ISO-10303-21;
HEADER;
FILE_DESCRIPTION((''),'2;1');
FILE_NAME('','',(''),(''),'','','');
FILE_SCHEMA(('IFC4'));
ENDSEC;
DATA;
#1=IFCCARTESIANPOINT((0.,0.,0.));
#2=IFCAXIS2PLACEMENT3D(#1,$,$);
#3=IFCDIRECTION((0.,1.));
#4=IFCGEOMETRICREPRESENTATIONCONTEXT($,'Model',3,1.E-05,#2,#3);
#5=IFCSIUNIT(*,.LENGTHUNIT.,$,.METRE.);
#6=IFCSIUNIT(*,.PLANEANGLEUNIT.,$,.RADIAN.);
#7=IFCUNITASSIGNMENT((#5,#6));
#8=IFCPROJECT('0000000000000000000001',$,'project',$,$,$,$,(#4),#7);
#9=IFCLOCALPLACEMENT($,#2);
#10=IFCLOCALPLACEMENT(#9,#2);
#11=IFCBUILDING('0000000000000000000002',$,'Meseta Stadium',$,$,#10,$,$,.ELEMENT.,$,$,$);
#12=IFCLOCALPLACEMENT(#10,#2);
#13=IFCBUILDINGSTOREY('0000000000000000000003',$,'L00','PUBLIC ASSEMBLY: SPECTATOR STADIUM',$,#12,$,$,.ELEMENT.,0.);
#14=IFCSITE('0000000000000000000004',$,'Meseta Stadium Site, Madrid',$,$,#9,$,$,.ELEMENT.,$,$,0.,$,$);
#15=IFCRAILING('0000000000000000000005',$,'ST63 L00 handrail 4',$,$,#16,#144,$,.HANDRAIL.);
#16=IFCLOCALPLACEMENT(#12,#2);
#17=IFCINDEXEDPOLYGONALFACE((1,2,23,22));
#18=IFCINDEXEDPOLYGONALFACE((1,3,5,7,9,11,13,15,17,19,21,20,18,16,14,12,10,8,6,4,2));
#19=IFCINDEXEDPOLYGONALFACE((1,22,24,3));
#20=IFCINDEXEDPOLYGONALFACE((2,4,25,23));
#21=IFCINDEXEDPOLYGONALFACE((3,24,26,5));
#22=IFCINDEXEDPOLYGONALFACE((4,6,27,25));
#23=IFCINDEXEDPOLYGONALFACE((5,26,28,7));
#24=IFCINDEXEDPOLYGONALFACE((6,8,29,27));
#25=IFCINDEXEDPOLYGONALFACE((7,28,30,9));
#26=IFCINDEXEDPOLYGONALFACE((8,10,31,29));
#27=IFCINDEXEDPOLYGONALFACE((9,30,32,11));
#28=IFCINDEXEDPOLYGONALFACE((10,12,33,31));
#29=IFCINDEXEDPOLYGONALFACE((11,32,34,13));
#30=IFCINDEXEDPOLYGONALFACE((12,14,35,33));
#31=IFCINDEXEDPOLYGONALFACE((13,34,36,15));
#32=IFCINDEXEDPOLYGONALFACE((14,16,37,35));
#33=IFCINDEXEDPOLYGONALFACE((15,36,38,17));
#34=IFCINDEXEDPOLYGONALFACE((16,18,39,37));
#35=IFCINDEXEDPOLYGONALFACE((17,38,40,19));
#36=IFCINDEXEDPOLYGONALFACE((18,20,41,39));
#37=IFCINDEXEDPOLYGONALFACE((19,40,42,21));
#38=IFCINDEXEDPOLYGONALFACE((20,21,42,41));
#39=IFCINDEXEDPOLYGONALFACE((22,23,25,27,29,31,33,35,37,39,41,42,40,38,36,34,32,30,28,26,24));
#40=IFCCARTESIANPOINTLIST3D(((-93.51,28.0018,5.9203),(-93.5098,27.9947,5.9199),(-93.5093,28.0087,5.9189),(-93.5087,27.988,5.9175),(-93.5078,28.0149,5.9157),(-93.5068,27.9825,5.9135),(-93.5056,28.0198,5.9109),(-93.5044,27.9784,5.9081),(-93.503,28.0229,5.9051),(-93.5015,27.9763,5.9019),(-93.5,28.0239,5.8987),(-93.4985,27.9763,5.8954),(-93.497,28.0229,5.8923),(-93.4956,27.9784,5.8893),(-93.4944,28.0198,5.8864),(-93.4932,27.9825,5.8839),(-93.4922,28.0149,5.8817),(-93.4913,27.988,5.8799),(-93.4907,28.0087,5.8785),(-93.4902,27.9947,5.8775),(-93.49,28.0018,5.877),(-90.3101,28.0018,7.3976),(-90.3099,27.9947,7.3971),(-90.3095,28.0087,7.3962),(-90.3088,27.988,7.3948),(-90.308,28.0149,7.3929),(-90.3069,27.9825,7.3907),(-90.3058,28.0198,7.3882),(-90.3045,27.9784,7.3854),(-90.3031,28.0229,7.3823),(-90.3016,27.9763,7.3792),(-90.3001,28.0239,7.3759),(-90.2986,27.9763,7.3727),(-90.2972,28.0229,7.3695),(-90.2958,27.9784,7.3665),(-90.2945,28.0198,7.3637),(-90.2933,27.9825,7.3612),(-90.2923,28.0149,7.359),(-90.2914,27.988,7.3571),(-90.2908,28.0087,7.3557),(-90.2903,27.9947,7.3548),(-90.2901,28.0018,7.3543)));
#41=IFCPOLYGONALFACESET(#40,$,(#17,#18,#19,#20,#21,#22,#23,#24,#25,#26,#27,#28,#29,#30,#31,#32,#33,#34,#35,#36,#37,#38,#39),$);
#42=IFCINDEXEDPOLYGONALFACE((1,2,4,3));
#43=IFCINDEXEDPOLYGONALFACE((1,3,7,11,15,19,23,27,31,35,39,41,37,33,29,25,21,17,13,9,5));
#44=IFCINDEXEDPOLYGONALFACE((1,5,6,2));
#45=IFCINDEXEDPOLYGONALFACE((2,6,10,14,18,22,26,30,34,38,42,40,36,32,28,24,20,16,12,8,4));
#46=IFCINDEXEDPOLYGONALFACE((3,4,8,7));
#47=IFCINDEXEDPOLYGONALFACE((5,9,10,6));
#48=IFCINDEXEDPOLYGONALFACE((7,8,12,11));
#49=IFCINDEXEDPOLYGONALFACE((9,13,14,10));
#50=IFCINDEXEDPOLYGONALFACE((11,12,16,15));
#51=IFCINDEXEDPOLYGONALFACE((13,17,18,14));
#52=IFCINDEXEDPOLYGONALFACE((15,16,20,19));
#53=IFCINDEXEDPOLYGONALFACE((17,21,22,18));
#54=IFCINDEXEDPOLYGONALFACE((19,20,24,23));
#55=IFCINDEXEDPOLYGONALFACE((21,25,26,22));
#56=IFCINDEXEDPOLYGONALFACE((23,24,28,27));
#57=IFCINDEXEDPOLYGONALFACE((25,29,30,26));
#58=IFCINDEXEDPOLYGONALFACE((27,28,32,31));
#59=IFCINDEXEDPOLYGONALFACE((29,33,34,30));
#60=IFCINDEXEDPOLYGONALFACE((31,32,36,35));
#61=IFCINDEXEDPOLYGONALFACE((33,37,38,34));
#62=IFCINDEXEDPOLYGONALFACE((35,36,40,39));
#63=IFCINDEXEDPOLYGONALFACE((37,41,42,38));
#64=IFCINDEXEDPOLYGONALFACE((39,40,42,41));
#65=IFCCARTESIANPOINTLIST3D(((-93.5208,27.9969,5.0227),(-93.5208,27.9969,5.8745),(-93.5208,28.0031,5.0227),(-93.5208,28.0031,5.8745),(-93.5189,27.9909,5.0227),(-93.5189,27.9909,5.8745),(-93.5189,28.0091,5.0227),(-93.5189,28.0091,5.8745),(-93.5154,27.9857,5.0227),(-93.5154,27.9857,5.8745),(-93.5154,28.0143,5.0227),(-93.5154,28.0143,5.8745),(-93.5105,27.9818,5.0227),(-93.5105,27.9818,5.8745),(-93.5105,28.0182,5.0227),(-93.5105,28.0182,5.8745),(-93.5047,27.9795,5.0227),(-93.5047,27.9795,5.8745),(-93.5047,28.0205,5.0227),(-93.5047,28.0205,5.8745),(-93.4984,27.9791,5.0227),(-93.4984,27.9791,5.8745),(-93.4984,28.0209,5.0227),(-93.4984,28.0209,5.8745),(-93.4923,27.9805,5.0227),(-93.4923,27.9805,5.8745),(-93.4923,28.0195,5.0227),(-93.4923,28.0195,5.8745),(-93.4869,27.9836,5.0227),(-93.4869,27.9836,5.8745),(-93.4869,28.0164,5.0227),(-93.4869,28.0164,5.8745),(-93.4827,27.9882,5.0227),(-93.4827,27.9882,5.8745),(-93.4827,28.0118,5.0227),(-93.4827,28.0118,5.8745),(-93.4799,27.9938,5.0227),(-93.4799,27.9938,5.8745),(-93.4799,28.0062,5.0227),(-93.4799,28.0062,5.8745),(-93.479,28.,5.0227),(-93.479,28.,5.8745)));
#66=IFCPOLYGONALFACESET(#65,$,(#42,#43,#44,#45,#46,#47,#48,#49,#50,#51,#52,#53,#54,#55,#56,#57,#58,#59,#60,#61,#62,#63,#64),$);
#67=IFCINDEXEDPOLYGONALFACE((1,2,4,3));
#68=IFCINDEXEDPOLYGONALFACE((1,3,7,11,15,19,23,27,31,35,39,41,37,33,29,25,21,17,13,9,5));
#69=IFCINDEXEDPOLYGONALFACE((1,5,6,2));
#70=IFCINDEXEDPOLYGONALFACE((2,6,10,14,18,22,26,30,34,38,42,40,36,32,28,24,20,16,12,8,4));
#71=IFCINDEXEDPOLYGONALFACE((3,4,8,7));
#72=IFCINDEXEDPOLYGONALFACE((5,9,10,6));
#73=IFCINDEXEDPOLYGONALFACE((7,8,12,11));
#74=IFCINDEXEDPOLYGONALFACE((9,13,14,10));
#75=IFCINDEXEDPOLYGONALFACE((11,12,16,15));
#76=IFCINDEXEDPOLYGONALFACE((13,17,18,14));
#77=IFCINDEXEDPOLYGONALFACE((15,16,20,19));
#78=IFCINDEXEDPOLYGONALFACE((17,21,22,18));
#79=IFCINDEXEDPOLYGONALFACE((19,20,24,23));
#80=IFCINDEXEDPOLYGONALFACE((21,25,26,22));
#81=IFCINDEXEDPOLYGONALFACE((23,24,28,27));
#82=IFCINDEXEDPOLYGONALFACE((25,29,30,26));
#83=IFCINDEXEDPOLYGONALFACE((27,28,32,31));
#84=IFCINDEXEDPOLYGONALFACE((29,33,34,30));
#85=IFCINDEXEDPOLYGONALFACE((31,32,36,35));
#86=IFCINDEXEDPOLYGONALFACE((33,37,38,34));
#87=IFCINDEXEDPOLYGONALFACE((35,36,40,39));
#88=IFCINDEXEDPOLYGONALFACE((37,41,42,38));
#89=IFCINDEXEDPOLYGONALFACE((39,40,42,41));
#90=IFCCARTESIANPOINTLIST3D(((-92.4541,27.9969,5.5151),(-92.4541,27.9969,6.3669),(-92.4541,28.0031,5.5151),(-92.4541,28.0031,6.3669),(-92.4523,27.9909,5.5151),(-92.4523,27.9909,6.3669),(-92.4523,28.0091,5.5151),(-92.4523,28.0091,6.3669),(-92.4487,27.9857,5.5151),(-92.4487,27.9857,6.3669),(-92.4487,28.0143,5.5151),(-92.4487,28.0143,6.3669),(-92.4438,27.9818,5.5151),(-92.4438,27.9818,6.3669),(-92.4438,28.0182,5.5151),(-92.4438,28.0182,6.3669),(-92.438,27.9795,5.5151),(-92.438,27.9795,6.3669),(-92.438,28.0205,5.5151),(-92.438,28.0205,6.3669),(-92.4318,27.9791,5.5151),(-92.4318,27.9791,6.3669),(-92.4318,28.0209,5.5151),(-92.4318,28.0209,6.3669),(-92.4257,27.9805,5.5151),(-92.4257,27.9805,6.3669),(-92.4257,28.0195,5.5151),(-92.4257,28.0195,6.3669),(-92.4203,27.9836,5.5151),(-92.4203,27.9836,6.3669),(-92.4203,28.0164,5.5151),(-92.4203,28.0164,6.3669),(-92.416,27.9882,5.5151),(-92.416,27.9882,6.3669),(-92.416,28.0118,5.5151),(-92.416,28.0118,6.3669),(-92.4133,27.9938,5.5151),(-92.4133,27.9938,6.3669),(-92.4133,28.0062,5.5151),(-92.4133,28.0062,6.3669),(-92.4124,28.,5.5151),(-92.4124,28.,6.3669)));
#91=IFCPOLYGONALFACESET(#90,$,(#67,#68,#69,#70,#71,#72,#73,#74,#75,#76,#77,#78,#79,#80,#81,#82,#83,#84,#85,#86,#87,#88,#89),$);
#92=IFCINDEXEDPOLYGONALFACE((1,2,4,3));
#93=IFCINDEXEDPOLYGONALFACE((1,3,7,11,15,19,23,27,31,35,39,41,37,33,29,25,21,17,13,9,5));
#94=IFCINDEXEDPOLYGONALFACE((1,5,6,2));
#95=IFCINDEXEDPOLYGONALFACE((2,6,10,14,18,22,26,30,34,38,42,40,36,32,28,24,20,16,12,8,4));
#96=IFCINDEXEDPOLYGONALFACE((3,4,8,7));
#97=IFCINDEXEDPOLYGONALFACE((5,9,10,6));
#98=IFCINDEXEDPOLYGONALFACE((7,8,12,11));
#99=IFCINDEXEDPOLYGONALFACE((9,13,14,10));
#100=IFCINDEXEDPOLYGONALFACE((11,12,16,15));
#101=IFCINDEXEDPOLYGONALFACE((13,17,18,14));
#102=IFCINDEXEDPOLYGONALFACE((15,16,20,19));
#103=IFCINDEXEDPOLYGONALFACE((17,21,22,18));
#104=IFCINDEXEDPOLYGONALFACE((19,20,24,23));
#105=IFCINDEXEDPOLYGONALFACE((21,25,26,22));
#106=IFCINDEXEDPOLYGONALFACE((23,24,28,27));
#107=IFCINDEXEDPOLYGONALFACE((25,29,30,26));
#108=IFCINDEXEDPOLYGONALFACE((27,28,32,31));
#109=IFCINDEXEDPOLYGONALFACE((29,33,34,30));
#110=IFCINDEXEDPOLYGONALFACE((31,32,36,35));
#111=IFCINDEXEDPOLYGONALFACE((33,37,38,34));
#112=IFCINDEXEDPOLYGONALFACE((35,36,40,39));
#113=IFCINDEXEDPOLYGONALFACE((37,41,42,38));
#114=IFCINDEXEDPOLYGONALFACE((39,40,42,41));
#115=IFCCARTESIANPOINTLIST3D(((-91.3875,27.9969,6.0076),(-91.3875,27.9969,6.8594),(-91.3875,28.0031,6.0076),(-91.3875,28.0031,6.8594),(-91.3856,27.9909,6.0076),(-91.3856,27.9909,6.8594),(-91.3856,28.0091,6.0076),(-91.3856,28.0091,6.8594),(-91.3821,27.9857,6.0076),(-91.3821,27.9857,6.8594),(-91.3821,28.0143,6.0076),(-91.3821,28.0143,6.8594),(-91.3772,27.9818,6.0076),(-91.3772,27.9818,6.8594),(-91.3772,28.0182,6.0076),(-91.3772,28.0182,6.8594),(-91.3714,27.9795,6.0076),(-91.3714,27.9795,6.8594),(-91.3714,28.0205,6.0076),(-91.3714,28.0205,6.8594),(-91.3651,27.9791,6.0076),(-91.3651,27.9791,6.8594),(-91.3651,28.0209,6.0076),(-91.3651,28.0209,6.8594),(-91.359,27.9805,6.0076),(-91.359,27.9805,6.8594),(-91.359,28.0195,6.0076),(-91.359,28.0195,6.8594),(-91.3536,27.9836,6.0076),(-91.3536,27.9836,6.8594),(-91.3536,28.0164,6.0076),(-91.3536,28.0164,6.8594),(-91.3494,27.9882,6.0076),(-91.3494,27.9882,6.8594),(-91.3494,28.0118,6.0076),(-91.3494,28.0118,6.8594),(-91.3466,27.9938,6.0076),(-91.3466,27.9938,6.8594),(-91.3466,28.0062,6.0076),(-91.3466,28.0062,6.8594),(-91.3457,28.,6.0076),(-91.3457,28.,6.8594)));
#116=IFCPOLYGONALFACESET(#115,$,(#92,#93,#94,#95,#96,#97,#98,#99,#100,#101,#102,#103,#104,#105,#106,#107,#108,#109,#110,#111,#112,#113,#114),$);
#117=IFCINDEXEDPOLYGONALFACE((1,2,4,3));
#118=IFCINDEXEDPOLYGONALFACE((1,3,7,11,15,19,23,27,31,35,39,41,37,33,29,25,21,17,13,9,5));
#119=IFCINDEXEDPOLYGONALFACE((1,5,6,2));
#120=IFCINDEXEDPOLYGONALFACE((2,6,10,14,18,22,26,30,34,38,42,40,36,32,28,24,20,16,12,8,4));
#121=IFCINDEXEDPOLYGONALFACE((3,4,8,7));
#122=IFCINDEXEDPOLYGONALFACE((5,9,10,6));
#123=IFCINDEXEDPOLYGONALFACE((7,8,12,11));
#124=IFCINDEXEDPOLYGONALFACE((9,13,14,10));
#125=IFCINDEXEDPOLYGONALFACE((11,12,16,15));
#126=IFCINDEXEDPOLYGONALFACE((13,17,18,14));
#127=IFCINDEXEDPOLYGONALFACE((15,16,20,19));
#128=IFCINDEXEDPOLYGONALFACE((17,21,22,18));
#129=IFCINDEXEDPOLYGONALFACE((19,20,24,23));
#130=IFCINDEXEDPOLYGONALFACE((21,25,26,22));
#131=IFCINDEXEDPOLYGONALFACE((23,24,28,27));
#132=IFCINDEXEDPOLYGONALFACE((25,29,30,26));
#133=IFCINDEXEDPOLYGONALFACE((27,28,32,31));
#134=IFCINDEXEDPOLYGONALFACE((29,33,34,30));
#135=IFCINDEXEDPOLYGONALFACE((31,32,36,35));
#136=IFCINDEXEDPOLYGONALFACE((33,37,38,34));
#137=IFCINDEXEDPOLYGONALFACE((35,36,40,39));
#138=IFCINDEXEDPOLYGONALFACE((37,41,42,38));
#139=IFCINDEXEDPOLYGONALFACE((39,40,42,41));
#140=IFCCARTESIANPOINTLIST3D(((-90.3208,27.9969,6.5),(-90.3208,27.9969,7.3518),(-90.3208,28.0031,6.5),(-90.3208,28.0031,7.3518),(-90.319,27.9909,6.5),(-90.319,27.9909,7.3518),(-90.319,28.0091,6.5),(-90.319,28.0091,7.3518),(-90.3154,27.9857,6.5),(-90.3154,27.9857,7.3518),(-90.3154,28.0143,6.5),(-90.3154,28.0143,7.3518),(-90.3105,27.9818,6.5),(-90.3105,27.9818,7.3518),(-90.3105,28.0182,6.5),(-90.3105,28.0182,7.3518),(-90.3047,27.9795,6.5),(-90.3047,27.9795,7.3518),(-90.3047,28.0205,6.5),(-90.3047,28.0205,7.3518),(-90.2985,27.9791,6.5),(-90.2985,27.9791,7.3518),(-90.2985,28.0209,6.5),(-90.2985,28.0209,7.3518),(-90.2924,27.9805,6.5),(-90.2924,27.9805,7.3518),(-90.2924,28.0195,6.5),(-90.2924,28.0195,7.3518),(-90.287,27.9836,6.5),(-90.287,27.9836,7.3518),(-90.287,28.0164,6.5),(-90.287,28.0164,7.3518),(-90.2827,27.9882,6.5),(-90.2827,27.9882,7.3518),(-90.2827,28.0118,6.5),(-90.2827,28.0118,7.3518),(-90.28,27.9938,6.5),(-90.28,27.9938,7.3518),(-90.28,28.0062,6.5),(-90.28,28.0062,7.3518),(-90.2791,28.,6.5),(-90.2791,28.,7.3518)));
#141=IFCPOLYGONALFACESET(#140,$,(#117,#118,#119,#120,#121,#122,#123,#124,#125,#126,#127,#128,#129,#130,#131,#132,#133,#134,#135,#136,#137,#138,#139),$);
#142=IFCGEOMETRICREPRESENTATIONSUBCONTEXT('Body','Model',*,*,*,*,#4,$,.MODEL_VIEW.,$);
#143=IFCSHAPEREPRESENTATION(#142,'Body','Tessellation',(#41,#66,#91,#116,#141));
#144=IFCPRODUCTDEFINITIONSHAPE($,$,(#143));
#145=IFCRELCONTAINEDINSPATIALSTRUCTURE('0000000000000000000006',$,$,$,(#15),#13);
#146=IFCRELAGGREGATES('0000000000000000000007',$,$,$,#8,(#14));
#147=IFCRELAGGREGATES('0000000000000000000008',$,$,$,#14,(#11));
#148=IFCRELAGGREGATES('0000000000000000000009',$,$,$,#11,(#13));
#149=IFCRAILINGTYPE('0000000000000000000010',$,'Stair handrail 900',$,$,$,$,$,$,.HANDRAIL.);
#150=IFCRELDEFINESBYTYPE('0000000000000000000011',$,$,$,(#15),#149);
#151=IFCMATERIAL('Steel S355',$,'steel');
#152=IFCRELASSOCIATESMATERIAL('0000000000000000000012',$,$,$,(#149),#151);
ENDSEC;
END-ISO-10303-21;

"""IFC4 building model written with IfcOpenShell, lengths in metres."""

from ifc_helpers import new_model, si_unit, direction, frame, origin, origin_2d, place, context, subcontext, project, spatial, circle, extrude, material, type_object, element, save


model = new_model("IFC4")

# Units and contexts
model_context = context("Model", 3, precision=1e-05, world=origin(), true_north=direction((0.0, 1.0)))
body_context = subcontext(model_context, "Body", "Model", "MODEL_VIEW")
ifc_project = project(units=[si_unit("LENGTHUNIT", "METRE"), si_unit("PLANEANGLEUNIT", "RADIAN")], contexts=[model_context])

# Site, building, storey
site_placement = place(None, origin())
site = spatial("IfcSite", under=ifc_project, at=site_placement, Name="Meseta Stadium Site, Madrid", CompositionType="ELEMENT", RefElevation=0.0)
building_placement = place(site_placement, origin())
building = spatial("IfcBuilding", under=site, at=building_placement, Name="Meseta Stadium", CompositionType="ELEMENT")
storey_placement = place(building_placement, origin())
storey = spatial("IfcBuildingStorey", under=building, at=storey_placement, Name="L00", Description="PUBLIC ASSEMBLY: SPECTATOR STADIUM", CompositionType="ELEMENT", Elevation=0.0)

# Railing
ifc_material_1 = material(Name="Steel S355", Category="steel")
railing_type_1 = type_object("IfcRailingType", Name="Stair handrail 900", PredefinedType="HANDRAIL", material=ifc_material_1)
for number, where, name in (
    (1, (-93.5, 28.0, 5.0227), "ST63 L00 handrail 4"),
):
    element("IfcRailing", number, at=place(storey_placement, frame(where)), inside=storey, type_object=railing_type_1, Name=name, PredefinedType="HANDRAIL", context=body_context, shape_type="SweptSolid", body=[
        extrude(circle(Radius=0.0239, at=origin_2d()), frame((0.0, 0.0, 0.876), z_axis=(0.907917, 0.0, 0.41915), x_axis=(0.0, 1.0, 0.0)), (0.0, 0.0, 1.0), 3.5244),
        extrude(circle(Radius=0.021, at=origin_2d()), origin(), (0.0, 0.0, 1.0), 0.8518),
        extrude(circle(Radius=0.021, at=origin_2d()), frame((1.0667, 0.0, 0.4924)), (0.0, 0.0, 1.0), 0.8518),
        extrude(circle(Radius=0.021, at=origin_2d()), frame((2.1333, 0.0, 0.9849)), (0.0, 0.0, 1.0), 0.8518),
        extrude(circle(Radius=0.021, at=origin_2d()), frame((3.2, 0.0, 1.4773)), (0.0, 0.0, 1.0), 0.8518),
    ])

save(model, "model.ifc")
